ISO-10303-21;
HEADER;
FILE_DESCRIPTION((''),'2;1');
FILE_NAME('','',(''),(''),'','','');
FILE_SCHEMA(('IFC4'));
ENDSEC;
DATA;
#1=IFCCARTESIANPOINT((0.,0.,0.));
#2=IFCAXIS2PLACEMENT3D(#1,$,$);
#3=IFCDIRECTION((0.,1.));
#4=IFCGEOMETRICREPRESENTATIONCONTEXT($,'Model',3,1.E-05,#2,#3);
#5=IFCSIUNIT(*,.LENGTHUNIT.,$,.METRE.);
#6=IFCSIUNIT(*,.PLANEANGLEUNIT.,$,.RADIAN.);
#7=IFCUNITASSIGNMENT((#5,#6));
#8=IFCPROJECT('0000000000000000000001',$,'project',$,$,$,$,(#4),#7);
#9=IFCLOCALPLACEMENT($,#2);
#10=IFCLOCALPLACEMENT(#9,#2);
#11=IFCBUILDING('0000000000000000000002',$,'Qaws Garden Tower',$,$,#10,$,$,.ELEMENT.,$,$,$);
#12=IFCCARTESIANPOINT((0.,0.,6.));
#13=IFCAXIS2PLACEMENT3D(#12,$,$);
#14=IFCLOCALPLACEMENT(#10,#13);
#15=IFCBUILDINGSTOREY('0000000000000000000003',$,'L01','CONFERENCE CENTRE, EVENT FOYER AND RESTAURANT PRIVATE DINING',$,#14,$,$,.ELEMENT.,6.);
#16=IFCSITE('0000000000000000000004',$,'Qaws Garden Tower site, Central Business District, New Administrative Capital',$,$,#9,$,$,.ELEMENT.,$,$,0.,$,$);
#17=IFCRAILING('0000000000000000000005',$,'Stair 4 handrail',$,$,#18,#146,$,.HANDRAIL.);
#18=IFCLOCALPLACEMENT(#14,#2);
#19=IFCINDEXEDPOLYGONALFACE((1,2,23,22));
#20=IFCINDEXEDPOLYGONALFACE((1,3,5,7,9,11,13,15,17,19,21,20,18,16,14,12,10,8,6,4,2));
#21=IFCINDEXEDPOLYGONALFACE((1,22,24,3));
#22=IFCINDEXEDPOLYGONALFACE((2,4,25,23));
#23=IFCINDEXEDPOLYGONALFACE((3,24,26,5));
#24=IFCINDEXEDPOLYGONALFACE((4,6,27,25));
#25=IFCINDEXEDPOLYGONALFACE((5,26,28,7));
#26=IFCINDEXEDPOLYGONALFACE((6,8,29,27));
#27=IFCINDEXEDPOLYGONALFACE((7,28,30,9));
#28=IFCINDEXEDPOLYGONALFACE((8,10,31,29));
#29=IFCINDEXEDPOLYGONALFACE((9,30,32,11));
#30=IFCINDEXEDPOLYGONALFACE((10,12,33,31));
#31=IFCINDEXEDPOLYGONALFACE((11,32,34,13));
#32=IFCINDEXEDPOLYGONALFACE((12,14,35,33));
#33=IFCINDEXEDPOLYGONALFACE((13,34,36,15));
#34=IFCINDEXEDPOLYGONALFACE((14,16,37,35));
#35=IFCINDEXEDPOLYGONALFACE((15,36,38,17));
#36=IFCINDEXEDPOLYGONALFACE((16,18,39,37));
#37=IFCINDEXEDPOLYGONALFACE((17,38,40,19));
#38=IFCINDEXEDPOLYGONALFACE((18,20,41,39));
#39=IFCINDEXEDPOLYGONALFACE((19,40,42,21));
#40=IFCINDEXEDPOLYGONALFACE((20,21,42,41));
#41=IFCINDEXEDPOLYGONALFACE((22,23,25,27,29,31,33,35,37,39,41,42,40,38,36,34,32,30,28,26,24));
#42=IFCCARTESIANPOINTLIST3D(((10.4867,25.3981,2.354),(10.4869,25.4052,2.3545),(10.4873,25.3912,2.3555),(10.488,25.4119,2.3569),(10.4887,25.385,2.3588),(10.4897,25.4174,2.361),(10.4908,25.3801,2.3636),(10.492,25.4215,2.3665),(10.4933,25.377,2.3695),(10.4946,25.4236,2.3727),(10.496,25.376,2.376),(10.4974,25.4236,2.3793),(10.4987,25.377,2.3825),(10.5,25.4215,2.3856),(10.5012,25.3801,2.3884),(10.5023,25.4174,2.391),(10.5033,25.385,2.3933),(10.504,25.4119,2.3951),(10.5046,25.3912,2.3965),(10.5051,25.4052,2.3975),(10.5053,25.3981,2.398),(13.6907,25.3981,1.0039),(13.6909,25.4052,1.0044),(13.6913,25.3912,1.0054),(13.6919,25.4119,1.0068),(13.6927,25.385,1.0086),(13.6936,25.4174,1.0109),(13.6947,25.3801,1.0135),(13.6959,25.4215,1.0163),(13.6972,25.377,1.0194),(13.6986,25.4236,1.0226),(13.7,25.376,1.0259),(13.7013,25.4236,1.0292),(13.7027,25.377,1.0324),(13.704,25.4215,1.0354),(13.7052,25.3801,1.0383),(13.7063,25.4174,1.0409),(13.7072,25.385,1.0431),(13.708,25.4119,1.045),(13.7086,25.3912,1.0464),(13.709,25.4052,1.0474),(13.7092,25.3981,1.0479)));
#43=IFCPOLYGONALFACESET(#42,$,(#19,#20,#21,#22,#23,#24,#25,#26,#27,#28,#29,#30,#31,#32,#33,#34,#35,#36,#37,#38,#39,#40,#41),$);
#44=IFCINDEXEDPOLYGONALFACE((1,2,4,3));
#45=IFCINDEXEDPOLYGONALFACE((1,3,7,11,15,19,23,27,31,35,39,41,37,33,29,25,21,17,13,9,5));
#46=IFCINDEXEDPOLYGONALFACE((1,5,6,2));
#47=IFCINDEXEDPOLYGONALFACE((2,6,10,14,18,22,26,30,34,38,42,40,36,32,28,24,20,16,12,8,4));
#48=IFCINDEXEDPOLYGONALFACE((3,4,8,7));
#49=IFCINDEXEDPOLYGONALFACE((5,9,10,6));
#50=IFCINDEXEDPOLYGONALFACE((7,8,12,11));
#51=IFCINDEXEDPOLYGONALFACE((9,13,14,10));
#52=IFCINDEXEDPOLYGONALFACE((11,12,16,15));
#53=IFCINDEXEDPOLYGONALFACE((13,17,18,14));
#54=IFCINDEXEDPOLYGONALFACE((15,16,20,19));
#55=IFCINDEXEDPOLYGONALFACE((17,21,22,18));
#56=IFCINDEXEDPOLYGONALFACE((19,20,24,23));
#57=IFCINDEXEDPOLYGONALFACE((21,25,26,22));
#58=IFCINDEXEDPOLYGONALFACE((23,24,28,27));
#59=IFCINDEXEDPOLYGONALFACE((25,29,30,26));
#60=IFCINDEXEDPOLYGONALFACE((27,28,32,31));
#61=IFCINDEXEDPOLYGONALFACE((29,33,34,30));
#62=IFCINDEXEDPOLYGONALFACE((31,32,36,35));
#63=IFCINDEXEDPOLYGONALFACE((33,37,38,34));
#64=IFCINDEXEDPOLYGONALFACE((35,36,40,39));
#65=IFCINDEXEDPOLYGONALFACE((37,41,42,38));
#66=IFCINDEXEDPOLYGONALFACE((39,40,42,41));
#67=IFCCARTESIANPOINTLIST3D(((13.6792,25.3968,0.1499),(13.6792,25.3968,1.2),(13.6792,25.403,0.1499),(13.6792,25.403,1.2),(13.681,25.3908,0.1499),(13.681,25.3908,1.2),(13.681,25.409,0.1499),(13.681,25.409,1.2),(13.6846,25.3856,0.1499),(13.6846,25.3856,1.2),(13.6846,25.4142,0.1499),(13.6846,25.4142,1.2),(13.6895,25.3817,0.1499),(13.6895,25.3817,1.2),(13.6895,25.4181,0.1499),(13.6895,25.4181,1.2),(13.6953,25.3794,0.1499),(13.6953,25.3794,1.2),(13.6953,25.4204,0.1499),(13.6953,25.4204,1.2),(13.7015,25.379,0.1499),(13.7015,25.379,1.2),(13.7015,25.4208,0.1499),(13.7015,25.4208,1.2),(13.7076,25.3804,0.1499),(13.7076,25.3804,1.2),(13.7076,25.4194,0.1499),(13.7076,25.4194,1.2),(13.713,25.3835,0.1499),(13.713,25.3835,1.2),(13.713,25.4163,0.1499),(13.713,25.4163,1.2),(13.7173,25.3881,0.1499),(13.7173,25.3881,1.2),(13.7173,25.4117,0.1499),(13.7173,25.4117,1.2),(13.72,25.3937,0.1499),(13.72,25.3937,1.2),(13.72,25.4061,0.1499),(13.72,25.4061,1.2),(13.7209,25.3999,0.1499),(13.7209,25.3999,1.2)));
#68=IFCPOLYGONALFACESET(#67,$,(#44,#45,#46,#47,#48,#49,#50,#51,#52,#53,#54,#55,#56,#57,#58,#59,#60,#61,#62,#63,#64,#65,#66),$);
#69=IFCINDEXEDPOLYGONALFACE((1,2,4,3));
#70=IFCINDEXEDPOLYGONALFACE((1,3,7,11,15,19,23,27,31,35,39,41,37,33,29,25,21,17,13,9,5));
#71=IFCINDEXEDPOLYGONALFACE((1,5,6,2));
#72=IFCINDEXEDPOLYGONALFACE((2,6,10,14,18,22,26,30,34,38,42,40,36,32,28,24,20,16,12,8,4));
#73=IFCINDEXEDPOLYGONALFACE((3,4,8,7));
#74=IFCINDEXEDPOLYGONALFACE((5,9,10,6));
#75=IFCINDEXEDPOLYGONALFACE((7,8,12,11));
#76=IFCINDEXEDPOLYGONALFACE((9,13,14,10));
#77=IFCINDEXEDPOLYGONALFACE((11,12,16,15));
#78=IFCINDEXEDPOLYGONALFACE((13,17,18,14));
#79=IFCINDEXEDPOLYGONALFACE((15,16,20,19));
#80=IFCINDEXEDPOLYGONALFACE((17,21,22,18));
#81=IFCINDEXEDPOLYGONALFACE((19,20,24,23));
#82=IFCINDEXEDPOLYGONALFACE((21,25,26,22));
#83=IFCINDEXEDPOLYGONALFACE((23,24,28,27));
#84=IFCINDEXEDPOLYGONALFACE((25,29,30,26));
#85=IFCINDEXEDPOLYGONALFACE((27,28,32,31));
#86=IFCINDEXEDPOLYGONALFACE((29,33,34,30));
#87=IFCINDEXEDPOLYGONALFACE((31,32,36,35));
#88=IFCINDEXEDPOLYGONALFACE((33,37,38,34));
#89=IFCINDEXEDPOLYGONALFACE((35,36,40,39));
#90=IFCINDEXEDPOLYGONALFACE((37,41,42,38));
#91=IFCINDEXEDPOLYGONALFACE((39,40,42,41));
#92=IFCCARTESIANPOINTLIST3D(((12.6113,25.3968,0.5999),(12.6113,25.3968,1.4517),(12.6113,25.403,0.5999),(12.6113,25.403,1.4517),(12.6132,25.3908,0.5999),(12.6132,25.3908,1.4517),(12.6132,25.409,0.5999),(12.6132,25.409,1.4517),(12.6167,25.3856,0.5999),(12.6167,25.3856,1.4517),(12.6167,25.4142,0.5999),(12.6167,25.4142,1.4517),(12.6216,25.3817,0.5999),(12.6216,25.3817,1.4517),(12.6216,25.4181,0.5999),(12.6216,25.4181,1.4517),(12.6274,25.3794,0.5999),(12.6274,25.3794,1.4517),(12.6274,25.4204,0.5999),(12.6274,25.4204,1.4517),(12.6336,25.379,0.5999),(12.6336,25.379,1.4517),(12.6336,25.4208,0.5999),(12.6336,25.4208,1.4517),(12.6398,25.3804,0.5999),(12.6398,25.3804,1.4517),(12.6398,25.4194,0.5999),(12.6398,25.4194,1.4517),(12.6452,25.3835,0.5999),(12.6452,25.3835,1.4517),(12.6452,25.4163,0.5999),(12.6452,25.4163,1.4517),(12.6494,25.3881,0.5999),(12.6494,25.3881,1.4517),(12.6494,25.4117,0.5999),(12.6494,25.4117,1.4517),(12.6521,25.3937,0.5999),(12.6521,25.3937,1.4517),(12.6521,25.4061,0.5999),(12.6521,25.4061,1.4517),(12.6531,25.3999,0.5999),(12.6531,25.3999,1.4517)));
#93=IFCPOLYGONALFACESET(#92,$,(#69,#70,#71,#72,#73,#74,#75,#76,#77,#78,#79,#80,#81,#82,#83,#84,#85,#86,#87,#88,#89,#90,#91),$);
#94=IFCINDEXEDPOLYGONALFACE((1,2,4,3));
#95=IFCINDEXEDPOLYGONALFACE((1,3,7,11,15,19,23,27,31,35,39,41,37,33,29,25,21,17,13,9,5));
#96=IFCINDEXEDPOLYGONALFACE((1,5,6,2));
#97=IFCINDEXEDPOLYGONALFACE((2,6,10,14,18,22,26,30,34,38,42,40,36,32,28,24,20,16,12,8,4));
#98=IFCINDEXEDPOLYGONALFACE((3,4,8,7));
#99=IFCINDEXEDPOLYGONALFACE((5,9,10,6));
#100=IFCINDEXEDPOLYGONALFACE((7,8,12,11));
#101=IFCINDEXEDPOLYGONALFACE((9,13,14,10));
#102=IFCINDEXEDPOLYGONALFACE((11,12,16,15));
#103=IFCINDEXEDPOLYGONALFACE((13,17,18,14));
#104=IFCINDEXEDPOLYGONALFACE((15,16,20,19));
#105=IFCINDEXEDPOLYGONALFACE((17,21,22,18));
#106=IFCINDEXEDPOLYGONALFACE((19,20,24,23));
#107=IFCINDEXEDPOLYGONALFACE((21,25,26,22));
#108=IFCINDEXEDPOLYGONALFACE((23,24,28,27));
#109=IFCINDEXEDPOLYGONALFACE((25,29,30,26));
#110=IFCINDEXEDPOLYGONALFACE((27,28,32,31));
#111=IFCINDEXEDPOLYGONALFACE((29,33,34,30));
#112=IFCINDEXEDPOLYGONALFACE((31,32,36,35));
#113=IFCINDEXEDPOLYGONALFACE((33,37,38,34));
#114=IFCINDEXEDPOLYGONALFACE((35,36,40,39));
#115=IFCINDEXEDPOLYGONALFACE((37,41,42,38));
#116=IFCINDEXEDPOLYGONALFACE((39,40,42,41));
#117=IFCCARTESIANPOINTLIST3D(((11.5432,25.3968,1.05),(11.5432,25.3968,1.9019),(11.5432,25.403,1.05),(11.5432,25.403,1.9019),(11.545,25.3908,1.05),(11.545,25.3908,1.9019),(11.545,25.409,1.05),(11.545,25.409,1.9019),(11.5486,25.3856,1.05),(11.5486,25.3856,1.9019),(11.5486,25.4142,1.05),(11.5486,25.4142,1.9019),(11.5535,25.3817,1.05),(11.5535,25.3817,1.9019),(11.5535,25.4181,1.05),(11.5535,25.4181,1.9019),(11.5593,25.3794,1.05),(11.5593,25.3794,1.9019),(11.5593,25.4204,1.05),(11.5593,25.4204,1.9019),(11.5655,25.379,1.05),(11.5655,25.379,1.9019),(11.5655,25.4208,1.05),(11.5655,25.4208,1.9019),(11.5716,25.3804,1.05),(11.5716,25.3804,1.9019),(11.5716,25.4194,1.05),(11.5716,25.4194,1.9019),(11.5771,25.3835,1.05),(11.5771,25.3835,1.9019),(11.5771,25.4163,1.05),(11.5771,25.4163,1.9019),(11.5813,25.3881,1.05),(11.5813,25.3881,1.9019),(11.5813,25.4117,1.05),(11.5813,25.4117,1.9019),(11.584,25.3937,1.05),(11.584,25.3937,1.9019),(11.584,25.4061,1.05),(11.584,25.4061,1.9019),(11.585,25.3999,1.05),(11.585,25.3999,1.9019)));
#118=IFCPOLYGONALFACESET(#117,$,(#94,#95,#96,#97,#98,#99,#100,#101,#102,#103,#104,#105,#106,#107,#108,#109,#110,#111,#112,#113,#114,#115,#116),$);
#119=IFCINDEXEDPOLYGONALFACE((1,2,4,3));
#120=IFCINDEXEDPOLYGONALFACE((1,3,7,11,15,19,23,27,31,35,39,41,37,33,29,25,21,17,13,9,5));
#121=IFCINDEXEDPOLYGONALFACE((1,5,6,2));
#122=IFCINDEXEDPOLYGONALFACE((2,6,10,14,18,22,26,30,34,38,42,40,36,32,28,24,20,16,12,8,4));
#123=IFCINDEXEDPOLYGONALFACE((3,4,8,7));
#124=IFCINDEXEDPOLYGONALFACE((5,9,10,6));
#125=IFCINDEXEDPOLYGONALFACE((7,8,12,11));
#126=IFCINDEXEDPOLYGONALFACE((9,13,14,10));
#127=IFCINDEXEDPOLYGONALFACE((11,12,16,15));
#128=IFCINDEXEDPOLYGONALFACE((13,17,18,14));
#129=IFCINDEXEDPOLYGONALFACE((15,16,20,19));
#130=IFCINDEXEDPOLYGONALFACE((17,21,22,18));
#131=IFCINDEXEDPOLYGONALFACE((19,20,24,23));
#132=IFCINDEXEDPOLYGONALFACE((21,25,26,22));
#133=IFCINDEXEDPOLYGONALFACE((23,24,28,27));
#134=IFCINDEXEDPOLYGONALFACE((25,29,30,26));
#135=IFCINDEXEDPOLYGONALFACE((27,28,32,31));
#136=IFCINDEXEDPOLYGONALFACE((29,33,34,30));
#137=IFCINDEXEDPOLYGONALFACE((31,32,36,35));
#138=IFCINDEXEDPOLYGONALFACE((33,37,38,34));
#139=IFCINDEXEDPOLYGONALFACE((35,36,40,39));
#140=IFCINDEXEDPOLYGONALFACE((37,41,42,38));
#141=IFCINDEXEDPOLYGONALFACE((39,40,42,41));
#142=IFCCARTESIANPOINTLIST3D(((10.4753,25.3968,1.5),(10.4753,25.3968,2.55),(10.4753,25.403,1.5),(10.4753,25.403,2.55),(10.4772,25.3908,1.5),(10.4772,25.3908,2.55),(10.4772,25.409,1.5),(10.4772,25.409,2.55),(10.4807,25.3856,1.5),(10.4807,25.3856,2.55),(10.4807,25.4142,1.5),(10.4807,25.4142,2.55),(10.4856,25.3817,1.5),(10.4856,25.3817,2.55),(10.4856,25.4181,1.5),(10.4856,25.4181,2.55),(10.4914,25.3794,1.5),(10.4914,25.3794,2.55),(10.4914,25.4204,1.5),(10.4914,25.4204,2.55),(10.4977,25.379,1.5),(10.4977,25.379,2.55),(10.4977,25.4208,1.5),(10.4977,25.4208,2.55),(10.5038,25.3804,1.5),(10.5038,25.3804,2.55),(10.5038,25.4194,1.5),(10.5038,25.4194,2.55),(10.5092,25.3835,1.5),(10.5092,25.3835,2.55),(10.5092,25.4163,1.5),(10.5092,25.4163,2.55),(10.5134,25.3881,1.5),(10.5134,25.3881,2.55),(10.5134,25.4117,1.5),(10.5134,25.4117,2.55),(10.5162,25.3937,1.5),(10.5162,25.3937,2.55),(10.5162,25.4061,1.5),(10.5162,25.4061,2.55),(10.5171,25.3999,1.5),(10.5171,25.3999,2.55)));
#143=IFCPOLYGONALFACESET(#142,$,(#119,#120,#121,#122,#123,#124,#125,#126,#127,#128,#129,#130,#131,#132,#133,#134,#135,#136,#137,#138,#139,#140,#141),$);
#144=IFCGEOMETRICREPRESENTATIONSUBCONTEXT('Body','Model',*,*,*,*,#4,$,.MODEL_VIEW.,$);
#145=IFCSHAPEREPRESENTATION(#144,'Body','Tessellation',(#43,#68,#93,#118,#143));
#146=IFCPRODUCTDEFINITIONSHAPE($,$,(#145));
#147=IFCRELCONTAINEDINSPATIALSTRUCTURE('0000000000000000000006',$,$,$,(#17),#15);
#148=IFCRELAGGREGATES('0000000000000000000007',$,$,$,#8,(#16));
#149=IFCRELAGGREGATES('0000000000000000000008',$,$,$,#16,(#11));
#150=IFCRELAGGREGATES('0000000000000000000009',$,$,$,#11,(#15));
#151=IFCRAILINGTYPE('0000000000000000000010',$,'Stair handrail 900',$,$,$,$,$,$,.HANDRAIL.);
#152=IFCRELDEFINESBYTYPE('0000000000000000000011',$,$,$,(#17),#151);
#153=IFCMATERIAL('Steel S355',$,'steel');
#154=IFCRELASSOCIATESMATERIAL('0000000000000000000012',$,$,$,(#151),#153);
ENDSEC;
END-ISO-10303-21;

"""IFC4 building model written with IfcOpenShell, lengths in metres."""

from ifc_helpers import new_model, si_unit, direction, frame, origin, origin_2d, place, context, subcontext, project, spatial, circle, extrude, material, type_object, element, save


model = new_model("IFC4")

# Units and contexts
model_context = context("Model", 3, precision=1e-05, world=origin(), true_north=direction((0.0, 1.0)))
body_context = subcontext(model_context, "Body", "Model", "MODEL_VIEW")
ifc_project = project(units=[si_unit("LENGTHUNIT", "METRE"), si_unit("PLANEANGLEUNIT", "RADIAN")], contexts=[model_context])

# Site, building, storey
site_placement = place(None, origin())
site = spatial("IfcSite", under=ifc_project, at=site_placement, Name="Qaws Garden Tower site, Central Business District, New Administrative Capital", CompositionType="ELEMENT", RefElevation=0.0)
building_placement = place(site_placement, origin())
building = spatial("IfcBuilding", under=site, at=building_placement, Name="Qaws Garden Tower", CompositionType="ELEMENT")
storey_placement = place(building_placement, frame((0.0, 0.0, 6.0)))
storey = spatial("IfcBuildingStorey", under=building, at=storey_placement, Name="L01", Description="CONFERENCE CENTRE, EVENT FOYER AND RESTAURANT PRIVATE DINING", CompositionType="ELEMENT", Elevation=6.0)

# Railing
ifc_material_1 = material(Name="Steel S355", Category="steel")
railing_type = type_object("IfcRailingType", Name="Stair handrail 900", PredefinedType="HANDRAIL", material=ifc_material_1)
railing_1_placement = place(storey_placement, frame((13.7, 25.3999, 0.1499)))
element("IfcRailing", 1, at=railing_1_placement, inside=storey, type_object=railing_type, Name="Stair 4 handrail", PredefinedType="HANDRAIL", context=body_context, shape_type="SweptSolid", body=[
    extrude(circle(Radius=0.0239, at=origin_2d()), frame((0.0, 0.0, 0.876), z_axis=(-0.921522, 0.0, 0.388327), x_axis=(0.0, -1.0, 0.0)), (0.0, 0.0, 1.0), 3.4768),
    extrude(circle(Radius=0.021, at=origin_2d()), origin(), (0.0, 0.0, 1.0), 1.05),
    extrude(circle(Radius=0.021, at=origin_2d()), frame((-1.0679, 0.0, 0.45)), (0.0, 0.0, 1.0), 0.8518),
    extrude(circle(Radius=0.021, at=origin_2d()), frame((-2.136, 0.0, 0.9001)), (0.0, 0.0, 1.0), 0.8518),
    extrude(circle(Radius=0.021, at=origin_2d()), frame((-3.2039, 0.0, 1.3501)), (0.0, 0.0, 1.0), 1.05),
])

save(model, "model.ifc")
